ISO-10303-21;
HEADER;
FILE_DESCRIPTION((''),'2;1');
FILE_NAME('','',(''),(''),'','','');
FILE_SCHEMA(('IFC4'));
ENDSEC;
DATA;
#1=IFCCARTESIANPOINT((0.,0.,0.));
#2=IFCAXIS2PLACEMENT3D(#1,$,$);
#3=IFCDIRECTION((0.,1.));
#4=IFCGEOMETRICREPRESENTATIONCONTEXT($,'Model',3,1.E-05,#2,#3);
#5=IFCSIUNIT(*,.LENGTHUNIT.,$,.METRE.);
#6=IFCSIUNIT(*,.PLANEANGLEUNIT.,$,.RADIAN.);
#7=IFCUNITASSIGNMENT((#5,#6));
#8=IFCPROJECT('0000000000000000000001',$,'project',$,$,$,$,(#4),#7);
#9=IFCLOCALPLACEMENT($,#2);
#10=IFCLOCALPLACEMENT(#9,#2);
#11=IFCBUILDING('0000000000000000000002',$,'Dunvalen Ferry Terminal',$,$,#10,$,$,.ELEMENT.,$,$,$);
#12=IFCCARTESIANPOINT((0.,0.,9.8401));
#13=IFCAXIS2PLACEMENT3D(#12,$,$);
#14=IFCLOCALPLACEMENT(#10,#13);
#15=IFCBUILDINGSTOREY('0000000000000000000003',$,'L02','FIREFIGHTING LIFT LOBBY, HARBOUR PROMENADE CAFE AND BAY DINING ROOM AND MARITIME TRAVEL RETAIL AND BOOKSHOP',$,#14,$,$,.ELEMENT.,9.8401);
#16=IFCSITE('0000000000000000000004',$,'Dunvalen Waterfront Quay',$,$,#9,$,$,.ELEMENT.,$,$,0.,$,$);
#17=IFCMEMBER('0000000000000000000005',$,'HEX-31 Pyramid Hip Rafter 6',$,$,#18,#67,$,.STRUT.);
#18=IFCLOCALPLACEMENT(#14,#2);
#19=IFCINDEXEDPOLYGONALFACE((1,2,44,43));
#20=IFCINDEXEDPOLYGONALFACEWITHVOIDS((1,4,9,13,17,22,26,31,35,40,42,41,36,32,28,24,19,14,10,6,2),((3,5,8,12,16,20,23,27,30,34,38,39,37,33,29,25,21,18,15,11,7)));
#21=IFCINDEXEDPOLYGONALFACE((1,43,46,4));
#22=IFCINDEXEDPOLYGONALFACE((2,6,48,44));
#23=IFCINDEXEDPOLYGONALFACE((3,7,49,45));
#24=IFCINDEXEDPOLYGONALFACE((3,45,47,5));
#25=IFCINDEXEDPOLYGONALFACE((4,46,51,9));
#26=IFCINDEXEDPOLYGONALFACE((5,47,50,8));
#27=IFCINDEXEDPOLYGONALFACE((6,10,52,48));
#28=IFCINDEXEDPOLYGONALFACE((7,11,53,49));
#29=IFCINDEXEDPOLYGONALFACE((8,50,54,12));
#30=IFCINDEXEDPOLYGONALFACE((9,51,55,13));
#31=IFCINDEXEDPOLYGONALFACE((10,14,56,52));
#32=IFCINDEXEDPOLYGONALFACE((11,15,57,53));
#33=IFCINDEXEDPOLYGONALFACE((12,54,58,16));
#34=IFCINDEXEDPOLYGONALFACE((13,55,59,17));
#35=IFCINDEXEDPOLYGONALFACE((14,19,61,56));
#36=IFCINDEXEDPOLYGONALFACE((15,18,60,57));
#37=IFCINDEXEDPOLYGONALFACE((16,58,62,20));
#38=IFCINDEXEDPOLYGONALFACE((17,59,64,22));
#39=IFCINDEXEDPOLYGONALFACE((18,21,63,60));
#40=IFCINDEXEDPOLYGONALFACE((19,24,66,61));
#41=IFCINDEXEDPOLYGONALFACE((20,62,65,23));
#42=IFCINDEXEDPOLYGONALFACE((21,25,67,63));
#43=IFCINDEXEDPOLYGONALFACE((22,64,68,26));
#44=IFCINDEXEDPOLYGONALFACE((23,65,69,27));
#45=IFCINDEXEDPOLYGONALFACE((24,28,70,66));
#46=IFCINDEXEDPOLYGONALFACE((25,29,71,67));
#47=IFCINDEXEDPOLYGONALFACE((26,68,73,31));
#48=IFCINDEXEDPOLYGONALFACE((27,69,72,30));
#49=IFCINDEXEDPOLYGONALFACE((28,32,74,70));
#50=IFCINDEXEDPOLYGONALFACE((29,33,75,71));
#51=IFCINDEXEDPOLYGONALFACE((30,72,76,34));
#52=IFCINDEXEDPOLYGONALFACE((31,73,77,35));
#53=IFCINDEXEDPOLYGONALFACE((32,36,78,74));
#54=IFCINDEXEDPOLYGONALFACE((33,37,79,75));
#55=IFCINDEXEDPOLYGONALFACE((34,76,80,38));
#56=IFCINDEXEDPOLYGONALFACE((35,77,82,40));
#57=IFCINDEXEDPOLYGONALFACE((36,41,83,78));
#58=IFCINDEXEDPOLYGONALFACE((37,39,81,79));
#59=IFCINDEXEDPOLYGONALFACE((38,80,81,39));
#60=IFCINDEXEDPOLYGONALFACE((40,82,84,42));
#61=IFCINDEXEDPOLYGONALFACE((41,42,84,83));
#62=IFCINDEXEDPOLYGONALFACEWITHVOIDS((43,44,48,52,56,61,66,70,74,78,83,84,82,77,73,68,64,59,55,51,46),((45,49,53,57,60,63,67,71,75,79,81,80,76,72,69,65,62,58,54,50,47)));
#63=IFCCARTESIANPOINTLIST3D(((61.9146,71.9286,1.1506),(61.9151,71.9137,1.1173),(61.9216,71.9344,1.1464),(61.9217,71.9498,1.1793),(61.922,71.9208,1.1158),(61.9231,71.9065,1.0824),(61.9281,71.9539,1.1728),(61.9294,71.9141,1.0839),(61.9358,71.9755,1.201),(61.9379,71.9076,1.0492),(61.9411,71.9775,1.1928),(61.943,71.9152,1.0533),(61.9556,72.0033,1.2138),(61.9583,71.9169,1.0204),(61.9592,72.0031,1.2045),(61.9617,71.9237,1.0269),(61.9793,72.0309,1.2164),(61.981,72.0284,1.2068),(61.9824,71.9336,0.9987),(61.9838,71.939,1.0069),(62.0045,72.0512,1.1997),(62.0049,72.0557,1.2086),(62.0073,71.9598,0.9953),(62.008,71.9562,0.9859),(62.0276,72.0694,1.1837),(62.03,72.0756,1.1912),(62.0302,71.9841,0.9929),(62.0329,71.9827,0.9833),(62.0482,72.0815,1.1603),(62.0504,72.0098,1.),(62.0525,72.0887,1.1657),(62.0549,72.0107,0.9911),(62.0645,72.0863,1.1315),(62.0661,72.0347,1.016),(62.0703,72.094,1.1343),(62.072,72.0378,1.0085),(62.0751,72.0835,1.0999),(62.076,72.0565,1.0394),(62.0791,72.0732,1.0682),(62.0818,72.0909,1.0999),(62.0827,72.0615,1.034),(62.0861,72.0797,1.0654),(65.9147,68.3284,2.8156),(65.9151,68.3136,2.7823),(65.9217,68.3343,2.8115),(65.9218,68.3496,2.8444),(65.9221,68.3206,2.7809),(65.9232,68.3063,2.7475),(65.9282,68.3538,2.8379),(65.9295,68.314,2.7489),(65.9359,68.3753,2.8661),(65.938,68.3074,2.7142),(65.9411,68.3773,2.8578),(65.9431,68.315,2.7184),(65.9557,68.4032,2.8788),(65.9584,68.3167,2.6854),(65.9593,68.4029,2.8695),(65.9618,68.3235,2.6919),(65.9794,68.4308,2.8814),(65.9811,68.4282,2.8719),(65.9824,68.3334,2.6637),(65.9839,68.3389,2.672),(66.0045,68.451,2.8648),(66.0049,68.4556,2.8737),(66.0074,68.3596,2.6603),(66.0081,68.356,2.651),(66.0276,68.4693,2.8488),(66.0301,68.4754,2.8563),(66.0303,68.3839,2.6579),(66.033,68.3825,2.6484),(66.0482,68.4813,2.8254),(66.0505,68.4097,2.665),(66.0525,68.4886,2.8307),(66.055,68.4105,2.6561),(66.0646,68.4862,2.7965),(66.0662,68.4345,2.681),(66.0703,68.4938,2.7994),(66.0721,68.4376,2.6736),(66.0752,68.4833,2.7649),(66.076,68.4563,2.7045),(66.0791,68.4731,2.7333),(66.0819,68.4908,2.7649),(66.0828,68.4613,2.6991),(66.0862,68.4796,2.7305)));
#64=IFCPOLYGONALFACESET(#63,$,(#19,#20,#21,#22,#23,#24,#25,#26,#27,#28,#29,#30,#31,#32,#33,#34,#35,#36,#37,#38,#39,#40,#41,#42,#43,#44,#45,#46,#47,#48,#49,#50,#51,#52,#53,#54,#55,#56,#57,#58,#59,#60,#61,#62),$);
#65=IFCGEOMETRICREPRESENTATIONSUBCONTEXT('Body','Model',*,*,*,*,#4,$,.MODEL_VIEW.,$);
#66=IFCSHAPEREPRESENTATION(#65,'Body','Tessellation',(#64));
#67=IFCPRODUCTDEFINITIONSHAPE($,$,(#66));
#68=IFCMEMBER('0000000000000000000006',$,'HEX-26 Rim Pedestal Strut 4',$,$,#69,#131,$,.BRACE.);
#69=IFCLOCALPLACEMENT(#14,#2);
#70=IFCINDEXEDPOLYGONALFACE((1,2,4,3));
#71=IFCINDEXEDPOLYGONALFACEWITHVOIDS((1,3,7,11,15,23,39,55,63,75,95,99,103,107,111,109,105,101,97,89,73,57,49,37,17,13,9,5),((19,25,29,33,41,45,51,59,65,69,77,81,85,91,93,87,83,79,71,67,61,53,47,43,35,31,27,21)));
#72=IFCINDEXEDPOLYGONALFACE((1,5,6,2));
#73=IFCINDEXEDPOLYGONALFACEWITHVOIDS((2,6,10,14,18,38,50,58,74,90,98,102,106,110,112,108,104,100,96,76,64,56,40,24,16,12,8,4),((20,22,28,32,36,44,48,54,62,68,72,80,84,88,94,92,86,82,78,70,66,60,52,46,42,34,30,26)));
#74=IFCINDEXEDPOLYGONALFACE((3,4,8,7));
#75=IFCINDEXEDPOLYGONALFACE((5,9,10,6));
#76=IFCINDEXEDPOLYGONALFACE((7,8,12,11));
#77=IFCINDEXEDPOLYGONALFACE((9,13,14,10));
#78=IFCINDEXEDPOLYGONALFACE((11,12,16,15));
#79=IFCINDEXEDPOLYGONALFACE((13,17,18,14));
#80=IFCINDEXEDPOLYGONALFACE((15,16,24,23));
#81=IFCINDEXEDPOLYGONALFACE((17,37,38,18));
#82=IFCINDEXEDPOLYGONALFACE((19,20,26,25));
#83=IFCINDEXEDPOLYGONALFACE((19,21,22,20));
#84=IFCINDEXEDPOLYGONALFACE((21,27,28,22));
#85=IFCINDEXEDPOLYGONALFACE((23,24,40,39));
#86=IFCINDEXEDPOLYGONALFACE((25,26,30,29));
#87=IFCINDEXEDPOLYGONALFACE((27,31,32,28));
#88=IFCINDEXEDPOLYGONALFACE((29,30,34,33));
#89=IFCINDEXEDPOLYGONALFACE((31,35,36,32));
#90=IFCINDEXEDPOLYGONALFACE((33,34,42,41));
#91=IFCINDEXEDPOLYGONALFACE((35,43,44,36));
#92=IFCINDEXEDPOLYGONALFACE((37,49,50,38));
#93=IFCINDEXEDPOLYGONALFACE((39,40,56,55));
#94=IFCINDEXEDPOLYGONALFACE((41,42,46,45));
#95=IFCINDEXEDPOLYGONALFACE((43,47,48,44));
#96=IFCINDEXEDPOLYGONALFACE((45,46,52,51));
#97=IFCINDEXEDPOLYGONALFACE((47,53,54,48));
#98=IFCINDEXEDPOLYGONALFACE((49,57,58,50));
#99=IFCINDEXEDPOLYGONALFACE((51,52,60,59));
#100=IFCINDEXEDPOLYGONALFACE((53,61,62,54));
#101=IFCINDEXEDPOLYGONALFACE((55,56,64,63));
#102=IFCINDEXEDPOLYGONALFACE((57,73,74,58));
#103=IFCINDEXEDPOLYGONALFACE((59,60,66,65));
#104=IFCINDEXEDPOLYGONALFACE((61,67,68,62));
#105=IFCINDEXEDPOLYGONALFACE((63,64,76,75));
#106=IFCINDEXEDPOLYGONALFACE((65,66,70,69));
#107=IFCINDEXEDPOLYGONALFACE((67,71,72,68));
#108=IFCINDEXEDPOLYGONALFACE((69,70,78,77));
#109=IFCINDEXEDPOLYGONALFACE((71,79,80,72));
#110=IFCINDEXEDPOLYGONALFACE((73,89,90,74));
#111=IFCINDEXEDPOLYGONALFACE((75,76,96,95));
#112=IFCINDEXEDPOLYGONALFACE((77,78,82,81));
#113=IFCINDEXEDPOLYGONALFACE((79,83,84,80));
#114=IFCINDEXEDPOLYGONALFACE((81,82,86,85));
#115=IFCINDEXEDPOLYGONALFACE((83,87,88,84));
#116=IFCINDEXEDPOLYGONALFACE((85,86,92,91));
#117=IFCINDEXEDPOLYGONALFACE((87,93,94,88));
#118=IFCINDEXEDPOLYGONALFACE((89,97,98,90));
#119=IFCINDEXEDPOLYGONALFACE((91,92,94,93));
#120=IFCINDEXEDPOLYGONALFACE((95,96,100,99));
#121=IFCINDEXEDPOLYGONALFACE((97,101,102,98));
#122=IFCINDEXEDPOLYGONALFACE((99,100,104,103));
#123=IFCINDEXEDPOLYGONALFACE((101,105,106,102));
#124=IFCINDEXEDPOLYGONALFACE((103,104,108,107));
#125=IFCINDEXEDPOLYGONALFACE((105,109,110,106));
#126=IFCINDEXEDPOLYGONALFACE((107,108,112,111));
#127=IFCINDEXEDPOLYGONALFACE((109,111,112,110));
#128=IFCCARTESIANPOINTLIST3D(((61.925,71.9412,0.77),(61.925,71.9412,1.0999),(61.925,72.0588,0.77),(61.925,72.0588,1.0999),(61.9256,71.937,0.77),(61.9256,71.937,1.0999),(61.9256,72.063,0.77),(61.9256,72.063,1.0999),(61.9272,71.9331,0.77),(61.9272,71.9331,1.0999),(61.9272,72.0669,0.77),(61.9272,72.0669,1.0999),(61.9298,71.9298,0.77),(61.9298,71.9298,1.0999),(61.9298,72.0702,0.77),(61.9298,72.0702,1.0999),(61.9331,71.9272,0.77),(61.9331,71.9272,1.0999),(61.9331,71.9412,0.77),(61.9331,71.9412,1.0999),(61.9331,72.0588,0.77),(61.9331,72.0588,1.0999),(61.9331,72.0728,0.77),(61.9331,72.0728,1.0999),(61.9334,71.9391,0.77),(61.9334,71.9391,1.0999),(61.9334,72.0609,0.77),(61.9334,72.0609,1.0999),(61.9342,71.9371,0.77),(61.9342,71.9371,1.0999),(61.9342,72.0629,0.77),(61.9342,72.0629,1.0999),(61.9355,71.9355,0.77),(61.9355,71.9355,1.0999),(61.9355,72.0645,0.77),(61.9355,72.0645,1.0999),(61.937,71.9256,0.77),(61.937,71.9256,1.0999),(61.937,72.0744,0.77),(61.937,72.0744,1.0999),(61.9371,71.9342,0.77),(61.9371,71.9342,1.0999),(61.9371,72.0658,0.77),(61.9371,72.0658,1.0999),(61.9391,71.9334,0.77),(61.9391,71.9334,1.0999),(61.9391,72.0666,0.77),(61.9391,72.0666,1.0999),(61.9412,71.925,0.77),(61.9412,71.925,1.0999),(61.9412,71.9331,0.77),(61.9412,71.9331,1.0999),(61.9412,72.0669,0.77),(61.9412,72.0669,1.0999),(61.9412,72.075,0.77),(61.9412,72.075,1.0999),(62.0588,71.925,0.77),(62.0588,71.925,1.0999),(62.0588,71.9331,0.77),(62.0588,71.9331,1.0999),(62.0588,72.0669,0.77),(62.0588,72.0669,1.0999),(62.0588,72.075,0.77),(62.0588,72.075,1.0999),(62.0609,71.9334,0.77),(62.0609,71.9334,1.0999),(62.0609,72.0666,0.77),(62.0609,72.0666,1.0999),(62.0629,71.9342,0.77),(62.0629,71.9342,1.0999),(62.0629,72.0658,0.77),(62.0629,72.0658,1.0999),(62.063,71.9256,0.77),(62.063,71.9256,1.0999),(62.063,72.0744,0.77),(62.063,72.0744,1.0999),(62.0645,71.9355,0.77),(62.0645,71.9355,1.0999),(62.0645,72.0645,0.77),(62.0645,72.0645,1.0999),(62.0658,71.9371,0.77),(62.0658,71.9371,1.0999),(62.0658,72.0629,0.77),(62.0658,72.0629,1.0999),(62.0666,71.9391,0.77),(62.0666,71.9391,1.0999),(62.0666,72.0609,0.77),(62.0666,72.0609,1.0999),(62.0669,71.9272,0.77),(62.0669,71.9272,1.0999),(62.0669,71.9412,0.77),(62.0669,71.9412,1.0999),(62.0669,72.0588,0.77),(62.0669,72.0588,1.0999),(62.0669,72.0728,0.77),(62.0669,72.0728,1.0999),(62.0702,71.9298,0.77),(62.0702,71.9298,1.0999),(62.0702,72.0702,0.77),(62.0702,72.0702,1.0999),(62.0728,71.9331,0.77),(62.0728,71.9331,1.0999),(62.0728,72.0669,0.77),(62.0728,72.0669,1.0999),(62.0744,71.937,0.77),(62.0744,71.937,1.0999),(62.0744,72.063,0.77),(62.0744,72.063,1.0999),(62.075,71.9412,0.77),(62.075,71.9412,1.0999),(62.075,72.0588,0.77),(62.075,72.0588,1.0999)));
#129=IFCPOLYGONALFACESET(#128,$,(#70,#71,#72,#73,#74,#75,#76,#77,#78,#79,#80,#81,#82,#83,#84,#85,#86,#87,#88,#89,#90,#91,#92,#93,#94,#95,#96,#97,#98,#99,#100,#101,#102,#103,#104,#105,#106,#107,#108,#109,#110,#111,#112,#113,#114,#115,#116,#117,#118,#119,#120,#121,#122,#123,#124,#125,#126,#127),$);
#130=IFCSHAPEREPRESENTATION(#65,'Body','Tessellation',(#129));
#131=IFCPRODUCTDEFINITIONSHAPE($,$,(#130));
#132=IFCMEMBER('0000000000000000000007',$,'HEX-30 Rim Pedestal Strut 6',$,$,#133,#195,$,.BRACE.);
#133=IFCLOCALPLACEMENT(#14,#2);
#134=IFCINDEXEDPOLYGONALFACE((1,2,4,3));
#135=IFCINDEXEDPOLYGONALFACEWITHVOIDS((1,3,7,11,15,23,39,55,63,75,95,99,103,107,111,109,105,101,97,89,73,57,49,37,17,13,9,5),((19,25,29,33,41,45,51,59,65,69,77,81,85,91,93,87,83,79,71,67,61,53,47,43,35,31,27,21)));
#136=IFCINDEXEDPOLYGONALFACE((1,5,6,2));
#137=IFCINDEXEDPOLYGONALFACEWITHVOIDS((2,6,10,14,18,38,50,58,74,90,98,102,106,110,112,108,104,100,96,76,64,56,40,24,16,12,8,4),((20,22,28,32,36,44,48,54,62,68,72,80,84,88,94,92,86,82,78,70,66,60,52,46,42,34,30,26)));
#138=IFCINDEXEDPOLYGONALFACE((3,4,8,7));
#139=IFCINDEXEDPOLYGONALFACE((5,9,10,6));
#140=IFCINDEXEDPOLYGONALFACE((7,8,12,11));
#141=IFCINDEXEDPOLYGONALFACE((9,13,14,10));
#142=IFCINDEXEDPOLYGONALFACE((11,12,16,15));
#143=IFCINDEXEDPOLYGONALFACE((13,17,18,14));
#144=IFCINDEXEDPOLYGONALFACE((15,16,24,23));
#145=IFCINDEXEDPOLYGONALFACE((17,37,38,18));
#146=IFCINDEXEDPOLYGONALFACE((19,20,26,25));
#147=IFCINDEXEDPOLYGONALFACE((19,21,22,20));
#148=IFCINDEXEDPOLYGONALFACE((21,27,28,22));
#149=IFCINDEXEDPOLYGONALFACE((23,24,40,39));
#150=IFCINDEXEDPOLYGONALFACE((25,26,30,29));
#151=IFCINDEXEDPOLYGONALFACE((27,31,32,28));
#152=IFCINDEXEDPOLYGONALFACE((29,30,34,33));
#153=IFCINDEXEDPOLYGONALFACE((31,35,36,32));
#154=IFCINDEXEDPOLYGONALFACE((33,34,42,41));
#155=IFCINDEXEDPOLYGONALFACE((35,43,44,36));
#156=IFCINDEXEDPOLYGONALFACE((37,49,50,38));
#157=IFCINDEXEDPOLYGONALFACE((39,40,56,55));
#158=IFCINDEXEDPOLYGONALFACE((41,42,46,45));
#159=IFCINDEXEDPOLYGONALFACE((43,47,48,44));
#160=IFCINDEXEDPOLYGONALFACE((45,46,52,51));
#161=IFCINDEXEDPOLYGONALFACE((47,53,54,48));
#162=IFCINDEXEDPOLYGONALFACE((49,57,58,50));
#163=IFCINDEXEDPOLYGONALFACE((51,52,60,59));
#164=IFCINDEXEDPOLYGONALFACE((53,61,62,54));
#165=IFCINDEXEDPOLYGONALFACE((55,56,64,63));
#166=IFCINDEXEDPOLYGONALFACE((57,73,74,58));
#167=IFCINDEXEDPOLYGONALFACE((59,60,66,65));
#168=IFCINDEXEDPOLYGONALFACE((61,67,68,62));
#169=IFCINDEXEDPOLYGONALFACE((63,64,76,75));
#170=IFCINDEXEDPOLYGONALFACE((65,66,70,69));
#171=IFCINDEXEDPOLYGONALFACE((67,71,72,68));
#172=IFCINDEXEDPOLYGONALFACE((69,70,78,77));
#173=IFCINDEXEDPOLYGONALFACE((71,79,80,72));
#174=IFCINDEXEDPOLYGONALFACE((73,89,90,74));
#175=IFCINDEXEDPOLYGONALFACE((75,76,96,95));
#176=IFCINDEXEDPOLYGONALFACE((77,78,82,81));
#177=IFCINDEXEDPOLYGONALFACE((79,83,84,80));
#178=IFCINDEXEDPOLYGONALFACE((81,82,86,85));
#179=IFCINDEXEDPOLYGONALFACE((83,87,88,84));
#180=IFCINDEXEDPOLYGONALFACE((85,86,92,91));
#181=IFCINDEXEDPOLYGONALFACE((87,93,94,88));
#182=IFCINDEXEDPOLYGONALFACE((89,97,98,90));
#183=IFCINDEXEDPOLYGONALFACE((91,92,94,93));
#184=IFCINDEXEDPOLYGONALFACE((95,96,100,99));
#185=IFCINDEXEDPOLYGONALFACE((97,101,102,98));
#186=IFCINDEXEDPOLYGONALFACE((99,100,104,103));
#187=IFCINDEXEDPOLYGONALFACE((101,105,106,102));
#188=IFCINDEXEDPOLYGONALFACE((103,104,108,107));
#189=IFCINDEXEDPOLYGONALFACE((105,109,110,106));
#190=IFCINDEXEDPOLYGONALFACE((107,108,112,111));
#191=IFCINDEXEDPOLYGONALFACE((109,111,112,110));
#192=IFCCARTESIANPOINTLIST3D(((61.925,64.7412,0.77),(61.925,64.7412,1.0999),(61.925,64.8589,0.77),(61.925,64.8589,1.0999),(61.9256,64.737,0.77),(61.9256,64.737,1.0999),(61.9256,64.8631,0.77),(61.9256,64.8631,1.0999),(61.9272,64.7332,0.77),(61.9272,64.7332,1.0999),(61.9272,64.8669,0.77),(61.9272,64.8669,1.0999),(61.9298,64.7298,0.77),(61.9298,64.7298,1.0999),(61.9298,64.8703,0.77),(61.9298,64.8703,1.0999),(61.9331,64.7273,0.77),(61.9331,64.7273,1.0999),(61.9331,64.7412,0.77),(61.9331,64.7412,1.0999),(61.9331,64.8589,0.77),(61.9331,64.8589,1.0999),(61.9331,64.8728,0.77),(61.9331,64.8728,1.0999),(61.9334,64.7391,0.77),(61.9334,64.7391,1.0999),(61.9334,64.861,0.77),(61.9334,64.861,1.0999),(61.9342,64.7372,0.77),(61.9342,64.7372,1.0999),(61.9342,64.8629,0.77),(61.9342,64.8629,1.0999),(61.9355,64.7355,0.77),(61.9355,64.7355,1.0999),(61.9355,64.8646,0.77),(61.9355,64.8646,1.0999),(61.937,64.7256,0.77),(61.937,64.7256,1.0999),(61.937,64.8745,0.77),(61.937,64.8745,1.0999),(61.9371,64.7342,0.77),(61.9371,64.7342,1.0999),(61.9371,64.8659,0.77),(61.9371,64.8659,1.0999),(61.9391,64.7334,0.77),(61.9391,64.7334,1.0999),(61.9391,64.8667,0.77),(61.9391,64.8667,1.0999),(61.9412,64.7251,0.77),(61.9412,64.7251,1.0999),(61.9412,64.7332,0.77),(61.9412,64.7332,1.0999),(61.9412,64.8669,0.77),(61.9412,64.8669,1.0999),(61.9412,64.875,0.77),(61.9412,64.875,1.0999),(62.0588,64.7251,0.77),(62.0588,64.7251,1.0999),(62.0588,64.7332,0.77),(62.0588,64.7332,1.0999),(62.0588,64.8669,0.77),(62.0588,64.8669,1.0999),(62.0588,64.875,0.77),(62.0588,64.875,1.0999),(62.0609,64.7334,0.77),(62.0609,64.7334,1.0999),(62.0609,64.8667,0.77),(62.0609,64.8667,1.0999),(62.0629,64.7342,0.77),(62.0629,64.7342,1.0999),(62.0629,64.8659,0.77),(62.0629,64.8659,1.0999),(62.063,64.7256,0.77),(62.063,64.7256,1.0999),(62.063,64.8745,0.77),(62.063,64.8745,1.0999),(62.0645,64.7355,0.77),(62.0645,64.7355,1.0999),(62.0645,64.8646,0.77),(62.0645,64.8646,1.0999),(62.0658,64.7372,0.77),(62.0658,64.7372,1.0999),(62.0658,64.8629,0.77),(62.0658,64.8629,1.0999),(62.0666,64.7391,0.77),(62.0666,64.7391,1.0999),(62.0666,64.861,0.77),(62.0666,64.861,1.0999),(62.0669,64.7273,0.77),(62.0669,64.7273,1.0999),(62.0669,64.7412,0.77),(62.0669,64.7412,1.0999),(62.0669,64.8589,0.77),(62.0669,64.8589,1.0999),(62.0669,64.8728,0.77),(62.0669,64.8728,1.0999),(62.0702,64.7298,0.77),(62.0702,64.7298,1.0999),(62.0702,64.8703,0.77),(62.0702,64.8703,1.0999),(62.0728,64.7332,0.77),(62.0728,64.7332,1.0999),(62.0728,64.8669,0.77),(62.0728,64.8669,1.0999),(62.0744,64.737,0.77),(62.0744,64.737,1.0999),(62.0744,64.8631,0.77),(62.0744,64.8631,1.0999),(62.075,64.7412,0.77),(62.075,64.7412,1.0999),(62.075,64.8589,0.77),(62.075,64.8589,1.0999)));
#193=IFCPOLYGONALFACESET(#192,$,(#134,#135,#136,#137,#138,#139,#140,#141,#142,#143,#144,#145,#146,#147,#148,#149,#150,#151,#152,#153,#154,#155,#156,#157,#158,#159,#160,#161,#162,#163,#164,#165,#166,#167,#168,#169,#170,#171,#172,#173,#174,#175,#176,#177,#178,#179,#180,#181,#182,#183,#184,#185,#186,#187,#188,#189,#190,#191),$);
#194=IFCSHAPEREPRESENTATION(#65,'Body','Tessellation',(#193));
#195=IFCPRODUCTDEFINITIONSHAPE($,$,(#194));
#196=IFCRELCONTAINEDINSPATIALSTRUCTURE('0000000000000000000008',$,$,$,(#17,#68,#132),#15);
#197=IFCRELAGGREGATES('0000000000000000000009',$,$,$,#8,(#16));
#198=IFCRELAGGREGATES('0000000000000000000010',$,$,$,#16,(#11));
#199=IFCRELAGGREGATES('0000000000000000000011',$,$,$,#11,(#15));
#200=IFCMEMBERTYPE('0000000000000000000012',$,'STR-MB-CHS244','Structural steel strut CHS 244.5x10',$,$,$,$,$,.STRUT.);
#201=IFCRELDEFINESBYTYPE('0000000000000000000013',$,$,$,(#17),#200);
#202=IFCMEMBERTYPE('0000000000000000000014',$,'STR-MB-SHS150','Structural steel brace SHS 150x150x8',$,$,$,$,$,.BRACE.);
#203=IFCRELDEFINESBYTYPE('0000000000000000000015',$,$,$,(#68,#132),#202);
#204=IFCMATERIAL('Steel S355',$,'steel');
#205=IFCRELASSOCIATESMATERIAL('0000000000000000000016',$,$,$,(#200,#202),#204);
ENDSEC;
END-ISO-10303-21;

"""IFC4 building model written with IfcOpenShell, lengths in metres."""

from ifc_helpers import new_model, si_unit, direction, frame, origin, origin_2d, place, context, subcontext, project, spatial, hollow_rectangle, hollow_circle, extrude, material, material_profile, profile_set, type_object, element, save


model = new_model("IFC4")

# Units and contexts
model_context = context("Model", 3, precision=1e-05, world=origin(), true_north=direction((0.0, 1.0)))
body_context = subcontext(model_context, "Body", "Model", "MODEL_VIEW")
ifc_project = project(units=[si_unit("LENGTHUNIT", "METRE"), si_unit("PLANEANGLEUNIT", "RADIAN")], contexts=[model_context])

# Site, building, storey
site_placement = place(None, origin())
site = spatial("IfcSite", under=ifc_project, at=site_placement, Name="Dunvalen Waterfront Quay", CompositionType="ELEMENT", RefElevation=0.0)
building_placement = place(site_placement, origin())
building = spatial("IfcBuilding", under=site, at=building_placement, Name="Dunvalen Ferry Terminal", CompositionType="ELEMENT")
storey_placement = place(building_placement, frame((0.0, 0.0, 9.8401)))
storey = spatial("IfcBuildingStorey", under=building, at=storey_placement, Name="L02", Description="FIREFIGHTING LIFT LOBBY, HARBOUR PROMENADE CAFE AND BAY DINING ROOM AND MARITIME TRAVEL RETAIL AND BOOKSHOP", CompositionType="ELEMENT", Elevation=9.8401)

# Shared definitions
ifc_material_1 = material(Name="Steel S355", Category="steel")

# Members
ifc_material_profile_1 = material_profile(ifc_material_1, hollow_circle(Radius=0.1223, WallThickness=0.01, at=origin_2d()), Name="Steel S355")
ifc_profile_set_1 = profile_set([ifc_material_profile_1], Name="Steel S355")
member_type_1 = type_object("IfcMemberType", Name="STR-MB-CHS244", Description="Structural steel strut CHS 244.5x10", PredefinedType="STRUT", material=ifc_profile_set_1)
member_1_placement = place(storey_placement, frame((62.0, 72.0, 1.0999), z_axis=(0.710075, -0.639085, 0.295576), x_axis=(0.668975, 0.743285, 0.0)))
element("IfcMember", 1, at=member_1_placement, inside=storey, type_object=member_type_1, Name="HEX-31 Pyramid Hip Rafter 6", PredefinedType="STRUT", context=body_context, shape_type="SweptSolid", body=[
    extrude(hollow_circle(Radius=0.1223, WallThickness=0.01, at=origin_2d()), origin(), (0.0, 0.0, 1.0), 5.6333),
])
ifc_material_profile_2 = material_profile(ifc_material_1, hollow_rectangle(XDim=0.1499, YDim=0.1499, WallThickness=0.0081, InnerFilletRadius=0.0081, OuterFilletRadius=0.0161, at=origin_2d()), Name="Steel S355")
ifc_profile_set_2 = profile_set([ifc_material_profile_2], Name="Steel S355")
member_type_2 = type_object("IfcMemberType", Name="STR-MB-SHS150", Description="Structural steel brace SHS 150x150x8", PredefinedType="BRACE", material=ifc_profile_set_2)
for number, where, z_axis, x_axis, name in (
    (2, (62.0, 72.0, 0.77), (0.0, 0.0, 1.0), (1.0, 0.0, 0.0), "HEX-26 Rim Pedestal Strut 4"),
    (3, (62.0, 64.8, 0.77), (0.0, 0.0, 1.0), (1.0, 0.0, 0.0), "HEX-30 Rim Pedestal Strut 6"),
):
    element("IfcMember", number, at=place(storey_placement, frame(where, z_axis=z_axis, x_axis=x_axis)), inside=storey, type_object=member_type_2, Name=name, PredefinedType="BRACE", context=body_context, shape_type="SweptSolid", body=[
        extrude(hollow_rectangle(XDim=0.1499, YDim=0.1499, WallThickness=0.0081, InnerFilletRadius=0.0081, OuterFilletRadius=0.0161, at=origin_2d()), origin(), (0.0, 0.0, 1.0), 0.3298),
    ])

save(model, "model.ifc")
